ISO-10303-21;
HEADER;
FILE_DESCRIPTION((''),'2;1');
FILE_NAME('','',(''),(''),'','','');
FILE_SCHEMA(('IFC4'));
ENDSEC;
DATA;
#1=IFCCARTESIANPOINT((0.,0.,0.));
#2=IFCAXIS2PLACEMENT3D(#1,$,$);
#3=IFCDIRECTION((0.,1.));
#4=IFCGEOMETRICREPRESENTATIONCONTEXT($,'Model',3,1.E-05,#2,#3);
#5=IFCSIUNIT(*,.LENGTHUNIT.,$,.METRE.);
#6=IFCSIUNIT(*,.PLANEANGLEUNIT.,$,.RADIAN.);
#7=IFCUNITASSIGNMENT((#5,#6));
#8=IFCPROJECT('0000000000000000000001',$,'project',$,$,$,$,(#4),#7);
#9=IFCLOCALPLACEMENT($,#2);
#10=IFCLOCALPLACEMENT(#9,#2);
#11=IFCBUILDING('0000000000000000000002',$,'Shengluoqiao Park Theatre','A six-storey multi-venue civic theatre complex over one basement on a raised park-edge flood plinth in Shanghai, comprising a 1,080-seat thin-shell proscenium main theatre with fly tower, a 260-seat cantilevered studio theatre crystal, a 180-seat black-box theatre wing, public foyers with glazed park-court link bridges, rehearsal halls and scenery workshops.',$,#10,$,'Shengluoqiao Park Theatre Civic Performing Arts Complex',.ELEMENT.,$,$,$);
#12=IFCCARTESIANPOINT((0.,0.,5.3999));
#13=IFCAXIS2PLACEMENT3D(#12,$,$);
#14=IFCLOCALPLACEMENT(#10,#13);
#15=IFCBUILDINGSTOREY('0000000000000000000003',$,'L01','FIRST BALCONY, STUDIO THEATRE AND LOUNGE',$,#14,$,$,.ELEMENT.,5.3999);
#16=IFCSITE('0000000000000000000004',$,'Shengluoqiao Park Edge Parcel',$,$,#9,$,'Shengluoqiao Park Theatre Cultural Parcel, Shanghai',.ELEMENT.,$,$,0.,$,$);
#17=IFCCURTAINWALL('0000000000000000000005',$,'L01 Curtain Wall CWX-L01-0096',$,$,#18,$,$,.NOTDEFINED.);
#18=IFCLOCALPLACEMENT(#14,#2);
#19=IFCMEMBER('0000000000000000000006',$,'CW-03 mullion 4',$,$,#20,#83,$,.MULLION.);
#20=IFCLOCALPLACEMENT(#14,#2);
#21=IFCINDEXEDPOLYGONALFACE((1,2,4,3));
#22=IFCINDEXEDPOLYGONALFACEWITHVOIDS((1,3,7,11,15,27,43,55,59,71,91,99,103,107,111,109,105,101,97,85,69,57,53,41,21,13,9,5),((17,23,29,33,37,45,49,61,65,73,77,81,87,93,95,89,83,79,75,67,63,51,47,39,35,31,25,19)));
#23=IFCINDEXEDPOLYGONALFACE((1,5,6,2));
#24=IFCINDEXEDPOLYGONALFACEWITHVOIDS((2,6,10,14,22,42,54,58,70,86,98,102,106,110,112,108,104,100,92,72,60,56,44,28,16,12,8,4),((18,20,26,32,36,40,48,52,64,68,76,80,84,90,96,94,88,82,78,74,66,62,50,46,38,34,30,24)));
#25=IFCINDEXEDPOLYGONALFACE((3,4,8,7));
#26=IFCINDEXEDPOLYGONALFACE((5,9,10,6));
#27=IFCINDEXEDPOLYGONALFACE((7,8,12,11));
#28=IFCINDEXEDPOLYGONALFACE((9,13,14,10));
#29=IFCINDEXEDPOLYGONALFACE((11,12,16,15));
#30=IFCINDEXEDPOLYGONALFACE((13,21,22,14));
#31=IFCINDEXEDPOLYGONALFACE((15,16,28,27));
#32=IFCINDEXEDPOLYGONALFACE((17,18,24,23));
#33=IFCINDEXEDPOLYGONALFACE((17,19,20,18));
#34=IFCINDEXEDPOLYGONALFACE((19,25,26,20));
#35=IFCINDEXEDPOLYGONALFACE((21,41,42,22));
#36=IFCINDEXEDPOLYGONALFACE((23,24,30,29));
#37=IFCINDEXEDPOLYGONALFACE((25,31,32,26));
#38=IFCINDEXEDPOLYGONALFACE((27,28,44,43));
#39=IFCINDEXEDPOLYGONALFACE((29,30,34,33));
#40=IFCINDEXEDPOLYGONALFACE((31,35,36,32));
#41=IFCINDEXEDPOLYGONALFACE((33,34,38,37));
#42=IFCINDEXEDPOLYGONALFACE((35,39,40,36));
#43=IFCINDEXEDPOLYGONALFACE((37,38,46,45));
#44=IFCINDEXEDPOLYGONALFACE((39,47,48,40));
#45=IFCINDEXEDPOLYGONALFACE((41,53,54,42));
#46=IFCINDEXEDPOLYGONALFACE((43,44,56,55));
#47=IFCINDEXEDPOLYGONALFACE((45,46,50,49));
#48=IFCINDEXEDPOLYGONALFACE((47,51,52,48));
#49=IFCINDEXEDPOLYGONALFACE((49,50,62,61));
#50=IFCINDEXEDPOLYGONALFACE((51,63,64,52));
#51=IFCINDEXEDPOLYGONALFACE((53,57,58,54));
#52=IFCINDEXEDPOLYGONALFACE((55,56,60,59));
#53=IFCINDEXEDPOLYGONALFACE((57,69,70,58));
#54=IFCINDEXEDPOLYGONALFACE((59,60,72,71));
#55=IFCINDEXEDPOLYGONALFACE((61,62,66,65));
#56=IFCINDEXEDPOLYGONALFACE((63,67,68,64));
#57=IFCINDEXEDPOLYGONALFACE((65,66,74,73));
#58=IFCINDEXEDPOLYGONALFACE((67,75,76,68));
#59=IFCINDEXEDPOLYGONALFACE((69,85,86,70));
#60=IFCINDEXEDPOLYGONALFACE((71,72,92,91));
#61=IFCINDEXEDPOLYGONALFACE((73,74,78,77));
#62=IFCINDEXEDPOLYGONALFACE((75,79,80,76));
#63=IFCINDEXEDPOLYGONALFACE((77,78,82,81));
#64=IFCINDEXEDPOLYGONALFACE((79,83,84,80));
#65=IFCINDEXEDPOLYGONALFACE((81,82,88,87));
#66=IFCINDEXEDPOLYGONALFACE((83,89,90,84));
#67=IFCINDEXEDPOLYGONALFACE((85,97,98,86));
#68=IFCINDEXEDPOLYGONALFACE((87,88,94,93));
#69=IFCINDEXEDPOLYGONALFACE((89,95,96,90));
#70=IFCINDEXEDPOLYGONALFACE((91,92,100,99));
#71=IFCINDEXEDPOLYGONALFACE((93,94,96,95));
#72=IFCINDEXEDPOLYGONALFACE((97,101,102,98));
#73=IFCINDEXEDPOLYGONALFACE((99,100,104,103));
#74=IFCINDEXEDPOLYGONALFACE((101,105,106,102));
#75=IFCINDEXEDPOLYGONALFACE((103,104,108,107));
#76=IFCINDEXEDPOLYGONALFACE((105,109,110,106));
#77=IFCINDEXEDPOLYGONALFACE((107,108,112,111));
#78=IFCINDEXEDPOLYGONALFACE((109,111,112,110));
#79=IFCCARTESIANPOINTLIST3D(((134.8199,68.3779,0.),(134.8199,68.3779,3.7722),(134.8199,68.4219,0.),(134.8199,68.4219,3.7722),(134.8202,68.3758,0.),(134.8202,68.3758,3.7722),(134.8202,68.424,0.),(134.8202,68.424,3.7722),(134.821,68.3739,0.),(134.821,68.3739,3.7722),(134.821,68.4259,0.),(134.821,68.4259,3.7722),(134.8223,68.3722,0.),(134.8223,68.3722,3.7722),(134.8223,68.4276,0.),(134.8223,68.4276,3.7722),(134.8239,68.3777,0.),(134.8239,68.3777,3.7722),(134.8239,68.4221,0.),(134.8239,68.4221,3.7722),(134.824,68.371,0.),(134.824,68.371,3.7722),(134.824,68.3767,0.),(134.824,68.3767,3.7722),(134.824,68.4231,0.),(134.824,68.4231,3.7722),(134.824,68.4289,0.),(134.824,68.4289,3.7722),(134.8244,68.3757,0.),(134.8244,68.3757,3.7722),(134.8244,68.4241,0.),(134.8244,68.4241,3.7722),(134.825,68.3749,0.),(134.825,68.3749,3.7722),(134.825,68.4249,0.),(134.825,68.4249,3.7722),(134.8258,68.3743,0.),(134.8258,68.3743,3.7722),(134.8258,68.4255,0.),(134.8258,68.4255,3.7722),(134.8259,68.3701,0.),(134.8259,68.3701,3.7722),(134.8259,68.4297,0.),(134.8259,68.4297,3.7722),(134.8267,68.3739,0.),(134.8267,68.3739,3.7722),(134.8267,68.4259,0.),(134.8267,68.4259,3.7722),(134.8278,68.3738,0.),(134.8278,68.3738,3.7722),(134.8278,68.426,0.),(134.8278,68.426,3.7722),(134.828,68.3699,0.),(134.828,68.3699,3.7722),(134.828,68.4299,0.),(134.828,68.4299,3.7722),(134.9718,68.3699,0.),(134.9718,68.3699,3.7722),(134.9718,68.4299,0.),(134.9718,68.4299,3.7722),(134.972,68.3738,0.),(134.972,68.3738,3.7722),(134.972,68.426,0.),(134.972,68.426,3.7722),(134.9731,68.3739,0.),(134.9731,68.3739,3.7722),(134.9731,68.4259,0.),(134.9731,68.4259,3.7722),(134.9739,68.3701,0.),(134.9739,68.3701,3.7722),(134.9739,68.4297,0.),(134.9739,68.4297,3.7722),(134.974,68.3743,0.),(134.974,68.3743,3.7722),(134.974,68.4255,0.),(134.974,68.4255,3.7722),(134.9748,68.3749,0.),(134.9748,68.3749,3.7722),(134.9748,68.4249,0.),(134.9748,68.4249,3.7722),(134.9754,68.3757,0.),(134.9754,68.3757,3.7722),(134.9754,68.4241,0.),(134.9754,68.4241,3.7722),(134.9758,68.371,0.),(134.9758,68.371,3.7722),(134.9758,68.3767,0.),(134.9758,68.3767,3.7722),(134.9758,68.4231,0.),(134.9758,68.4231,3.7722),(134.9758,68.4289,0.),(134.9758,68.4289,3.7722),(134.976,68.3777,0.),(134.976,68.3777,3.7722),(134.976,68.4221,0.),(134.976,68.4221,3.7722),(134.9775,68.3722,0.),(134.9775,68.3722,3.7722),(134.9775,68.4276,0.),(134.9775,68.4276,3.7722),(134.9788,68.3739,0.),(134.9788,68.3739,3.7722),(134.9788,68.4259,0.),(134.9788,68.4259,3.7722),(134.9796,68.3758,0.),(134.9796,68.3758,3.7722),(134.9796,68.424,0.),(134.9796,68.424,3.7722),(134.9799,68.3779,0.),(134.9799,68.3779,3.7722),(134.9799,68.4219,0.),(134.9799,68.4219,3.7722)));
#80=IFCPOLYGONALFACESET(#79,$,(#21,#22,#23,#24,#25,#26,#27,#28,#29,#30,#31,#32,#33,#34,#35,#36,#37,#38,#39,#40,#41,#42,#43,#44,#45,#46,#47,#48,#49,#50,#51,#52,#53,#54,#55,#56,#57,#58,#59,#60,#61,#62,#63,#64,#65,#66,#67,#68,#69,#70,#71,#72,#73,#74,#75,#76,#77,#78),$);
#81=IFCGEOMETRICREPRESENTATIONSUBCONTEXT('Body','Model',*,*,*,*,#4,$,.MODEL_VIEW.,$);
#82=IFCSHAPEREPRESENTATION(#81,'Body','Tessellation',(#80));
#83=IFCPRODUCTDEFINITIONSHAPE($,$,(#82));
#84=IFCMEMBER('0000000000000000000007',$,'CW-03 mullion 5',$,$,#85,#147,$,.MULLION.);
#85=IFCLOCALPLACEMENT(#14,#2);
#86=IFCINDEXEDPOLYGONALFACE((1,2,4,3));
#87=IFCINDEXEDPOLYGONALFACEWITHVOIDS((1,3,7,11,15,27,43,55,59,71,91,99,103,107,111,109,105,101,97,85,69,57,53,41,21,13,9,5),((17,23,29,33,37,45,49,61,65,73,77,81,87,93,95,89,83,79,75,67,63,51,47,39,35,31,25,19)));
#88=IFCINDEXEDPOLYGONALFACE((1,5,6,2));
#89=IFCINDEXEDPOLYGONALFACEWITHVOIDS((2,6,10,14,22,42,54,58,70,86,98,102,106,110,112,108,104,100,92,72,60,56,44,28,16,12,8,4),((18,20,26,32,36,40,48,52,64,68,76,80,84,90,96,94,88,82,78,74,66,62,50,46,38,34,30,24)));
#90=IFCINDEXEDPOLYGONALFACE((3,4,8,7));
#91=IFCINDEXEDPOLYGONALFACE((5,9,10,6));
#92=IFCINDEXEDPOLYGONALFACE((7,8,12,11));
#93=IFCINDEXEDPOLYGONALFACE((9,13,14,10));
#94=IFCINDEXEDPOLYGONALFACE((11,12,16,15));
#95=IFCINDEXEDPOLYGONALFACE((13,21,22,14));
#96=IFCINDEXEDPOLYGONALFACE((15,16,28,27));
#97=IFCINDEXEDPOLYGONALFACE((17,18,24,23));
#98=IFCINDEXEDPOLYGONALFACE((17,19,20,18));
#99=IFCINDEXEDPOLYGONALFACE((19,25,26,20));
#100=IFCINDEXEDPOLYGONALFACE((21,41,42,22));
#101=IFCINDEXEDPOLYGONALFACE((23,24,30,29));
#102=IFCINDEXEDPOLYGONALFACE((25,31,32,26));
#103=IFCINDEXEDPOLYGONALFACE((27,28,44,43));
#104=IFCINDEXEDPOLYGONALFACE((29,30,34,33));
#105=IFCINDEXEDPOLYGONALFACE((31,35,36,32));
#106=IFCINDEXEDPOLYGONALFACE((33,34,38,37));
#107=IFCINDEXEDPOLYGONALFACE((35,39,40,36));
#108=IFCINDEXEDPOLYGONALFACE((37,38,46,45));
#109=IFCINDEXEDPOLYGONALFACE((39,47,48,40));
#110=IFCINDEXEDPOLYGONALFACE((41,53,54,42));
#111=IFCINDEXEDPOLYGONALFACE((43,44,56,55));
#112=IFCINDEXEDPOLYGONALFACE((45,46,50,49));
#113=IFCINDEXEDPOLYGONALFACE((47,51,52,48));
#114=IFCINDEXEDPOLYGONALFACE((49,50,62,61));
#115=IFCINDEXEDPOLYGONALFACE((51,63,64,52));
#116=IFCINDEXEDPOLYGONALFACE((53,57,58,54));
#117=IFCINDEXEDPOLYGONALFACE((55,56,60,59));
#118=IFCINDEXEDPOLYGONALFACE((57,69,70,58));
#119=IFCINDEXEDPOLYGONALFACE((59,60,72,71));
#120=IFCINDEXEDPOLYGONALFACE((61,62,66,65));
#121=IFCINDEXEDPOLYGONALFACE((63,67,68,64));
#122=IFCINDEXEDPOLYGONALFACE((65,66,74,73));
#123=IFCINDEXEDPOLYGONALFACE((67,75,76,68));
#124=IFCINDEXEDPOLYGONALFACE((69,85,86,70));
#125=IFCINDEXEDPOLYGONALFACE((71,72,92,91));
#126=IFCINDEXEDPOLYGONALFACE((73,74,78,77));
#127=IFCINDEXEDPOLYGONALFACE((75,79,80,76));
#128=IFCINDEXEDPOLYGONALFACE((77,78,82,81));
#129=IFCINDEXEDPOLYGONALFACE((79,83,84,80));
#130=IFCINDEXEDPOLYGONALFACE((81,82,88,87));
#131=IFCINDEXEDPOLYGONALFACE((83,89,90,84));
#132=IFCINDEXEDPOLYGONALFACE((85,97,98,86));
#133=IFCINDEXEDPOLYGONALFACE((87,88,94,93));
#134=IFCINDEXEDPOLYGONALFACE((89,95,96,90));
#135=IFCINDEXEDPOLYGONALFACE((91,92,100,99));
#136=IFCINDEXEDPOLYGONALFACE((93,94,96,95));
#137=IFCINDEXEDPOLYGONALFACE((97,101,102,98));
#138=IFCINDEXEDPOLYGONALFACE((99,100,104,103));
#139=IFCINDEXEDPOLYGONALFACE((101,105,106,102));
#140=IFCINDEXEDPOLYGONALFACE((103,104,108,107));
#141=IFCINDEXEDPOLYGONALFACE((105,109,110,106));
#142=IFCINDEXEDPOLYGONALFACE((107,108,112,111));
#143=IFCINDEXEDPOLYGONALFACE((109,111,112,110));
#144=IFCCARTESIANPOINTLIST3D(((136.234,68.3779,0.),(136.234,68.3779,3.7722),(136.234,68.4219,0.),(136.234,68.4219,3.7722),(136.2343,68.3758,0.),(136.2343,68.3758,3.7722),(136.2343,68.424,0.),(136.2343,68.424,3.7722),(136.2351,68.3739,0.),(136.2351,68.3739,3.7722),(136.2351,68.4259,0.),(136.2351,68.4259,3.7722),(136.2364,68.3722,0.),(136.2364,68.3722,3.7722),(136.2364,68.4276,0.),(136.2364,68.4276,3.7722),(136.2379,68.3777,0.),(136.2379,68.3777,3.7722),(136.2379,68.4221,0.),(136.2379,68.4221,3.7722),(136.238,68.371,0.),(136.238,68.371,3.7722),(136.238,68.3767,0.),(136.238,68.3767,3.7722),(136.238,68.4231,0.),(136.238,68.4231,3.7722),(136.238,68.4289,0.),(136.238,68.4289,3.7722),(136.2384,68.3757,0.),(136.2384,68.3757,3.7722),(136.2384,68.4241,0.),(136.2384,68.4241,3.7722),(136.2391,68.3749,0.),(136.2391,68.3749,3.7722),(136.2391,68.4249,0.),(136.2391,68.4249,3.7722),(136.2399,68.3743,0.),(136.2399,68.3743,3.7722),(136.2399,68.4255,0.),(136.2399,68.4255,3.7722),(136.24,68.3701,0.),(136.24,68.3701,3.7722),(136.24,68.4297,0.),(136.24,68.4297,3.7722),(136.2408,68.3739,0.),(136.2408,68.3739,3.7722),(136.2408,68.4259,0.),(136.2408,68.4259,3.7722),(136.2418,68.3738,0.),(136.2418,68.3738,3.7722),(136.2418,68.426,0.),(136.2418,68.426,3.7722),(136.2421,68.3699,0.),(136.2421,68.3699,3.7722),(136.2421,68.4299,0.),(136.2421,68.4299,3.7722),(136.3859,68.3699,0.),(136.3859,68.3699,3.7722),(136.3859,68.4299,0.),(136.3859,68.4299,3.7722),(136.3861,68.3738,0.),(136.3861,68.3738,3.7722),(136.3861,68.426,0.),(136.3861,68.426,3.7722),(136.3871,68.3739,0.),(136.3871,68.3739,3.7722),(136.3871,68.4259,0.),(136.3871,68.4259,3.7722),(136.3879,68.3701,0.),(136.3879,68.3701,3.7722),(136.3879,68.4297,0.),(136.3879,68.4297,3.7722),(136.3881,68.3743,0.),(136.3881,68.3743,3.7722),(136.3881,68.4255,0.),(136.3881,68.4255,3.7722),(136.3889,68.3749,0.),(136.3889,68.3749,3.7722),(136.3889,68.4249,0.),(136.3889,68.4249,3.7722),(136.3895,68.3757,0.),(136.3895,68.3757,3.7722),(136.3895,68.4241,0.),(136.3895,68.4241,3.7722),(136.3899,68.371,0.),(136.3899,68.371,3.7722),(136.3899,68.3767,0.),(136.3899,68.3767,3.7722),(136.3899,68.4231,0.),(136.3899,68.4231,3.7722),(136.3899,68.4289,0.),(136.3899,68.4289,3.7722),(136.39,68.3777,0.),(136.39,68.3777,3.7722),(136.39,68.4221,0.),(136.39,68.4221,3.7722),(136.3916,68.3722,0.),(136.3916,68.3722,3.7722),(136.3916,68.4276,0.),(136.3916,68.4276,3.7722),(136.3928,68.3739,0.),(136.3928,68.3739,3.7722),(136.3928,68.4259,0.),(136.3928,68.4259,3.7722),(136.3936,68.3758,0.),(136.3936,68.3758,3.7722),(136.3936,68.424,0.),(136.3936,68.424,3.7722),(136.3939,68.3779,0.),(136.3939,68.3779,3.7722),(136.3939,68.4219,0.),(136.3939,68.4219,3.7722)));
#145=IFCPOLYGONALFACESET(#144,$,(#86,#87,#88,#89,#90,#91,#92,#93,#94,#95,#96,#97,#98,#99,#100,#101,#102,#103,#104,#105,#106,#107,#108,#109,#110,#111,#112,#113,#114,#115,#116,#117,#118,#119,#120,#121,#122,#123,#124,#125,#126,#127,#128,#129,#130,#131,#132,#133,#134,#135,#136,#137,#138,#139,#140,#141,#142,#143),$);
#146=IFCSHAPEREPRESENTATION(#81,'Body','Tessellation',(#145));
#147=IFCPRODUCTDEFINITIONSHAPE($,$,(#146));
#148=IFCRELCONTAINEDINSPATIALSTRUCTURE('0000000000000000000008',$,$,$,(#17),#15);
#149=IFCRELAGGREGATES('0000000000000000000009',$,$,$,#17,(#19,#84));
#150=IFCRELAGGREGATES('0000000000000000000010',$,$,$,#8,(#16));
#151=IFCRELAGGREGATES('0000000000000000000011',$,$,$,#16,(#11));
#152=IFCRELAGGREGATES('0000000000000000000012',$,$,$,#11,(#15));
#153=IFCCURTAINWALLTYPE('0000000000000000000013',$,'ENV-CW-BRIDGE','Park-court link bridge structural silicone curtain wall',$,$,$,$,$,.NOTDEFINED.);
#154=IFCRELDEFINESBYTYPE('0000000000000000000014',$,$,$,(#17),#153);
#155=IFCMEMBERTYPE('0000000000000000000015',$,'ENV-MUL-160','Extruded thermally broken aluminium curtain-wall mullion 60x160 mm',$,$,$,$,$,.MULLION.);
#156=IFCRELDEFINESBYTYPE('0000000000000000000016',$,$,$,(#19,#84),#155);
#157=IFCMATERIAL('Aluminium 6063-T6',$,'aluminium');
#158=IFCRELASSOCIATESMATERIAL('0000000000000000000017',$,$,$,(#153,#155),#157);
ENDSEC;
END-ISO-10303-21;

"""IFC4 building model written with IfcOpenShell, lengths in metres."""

from ifc_helpers import new_model, si_unit, direction, frame, origin, origin_2d, place, context, subcontext, project, spatial, hollow_rectangle, extrude, material, material_profile, profile_set, type_object, element, aggregate, save


model = new_model("IFC4")

# Units and contexts
model_context = context("Model", 3, precision=1e-05, world=origin(), true_north=direction((0.0, 1.0)))
body_context = subcontext(model_context, "Body", "Model", "MODEL_VIEW")
ifc_project = project(units=[si_unit("LENGTHUNIT", "METRE"), si_unit("PLANEANGLEUNIT", "RADIAN")], contexts=[model_context])

# Site, building, storey
site_placement = place(None, origin())
site = spatial("IfcSite", under=ifc_project, at=site_placement, Name="Shengluoqiao Park Edge Parcel", LongName="Shengluoqiao Park Theatre Cultural Parcel, Shanghai", CompositionType="ELEMENT", RefElevation=0.0)
building_placement = place(site_placement, origin())
building = spatial("IfcBuilding", under=site, at=building_placement, Name="Shengluoqiao Park Theatre", Description="A six-storey multi-venue civic theatre complex over one basement on a raised park-edge flood plinth in Shanghai, comprising a 1,080-seat thin-shell proscenium main theatre with fly tower, a 260-seat cantilevered studio theatre crystal, a 180-seat black-box theatre wing, public foyers with glazed park-court link bridges, rehearsal halls and scenery workshops.", LongName="Shengluoqiao Park Theatre Civic Performing Arts Complex", CompositionType="ELEMENT")
storey_placement = place(building_placement, frame((0.0, 0.0, 5.3999)))
storey = spatial("IfcBuildingStorey", under=building, at=storey_placement, Name="L01", Description="FIRST BALCONY, STUDIO THEATRE AND LOUNGE", CompositionType="ELEMENT", Elevation=5.3999)

# Curtain wall, members
ifc_material_1 = material(Name="Aluminium 6063-T6", Category="aluminium")
curtain_wall_type = type_object("IfcCurtainWallType", Name="ENV-CW-BRIDGE", Description="Park-court link bridge structural silicone curtain wall", PredefinedType="NOTDEFINED", material=ifc_material_1)
curtain_wall_placement = place(storey_placement, origin())
curtain_wall = element("IfcCurtainWall", 1, at=curtain_wall_placement, inside=storey, type_object=curtain_wall_type, Name="L01 Curtain Wall CWX-L01-0096", PredefinedType="NOTDEFINED")
ifc_material_profile_1 = material_profile(ifc_material_1, hollow_rectangle(XDim=0.0601, YDim=0.1599, WallThickness=0.0039, InnerFilletRadius=0.0039, OuterFilletRadius=0.0081, at=origin_2d()), Name="ALU MULLION 160x60x4")
ifc_profile_set_1 = profile_set([ifc_material_profile_1], Name="Aluminium 6063-T6")
member_type_1 = type_object("IfcMemberType", Name="ENV-MUL-160", Description="Extruded thermally broken aluminium curtain-wall mullion 60x160 mm", PredefinedType="MULLION", material=ifc_profile_set_1)
member_1_placement = place(storey_placement, frame((134.8999, 68.3999, 0.0), z_axis=(0.0, 0.0, 1.0), x_axis=(0.0, 1.0, 0.0)))
member_1 = element("IfcMember", 2, at=member_1_placement, type_object=member_type_1, Name="CW-03 mullion 4", PredefinedType="MULLION", context=body_context, shape_type="SweptSolid", body=[
    extrude(hollow_rectangle(XDim=0.0601, YDim=0.1599, WallThickness=0.0039, InnerFilletRadius=0.0039, OuterFilletRadius=0.0081, at=origin_2d()), origin(), (0.0, 0.0, 1.0), 3.7722),
])
member_2_placement = place(storey_placement, frame((136.314, 68.3999, 0.0), z_axis=(0.0, 0.0, 1.0), x_axis=(0.0, 1.0, 0.0)))
member_2 = element("IfcMember", 3, at=member_2_placement, type_object=member_type_1, Name="CW-03 mullion 5", PredefinedType="MULLION", context=body_context, shape_type="SweptSolid", body=[
    extrude(hollow_rectangle(XDim=0.0601, YDim=0.1599, WallThickness=0.0039, InnerFilletRadius=0.0039, OuterFilletRadius=0.0081, at=origin_2d()), origin(), (0.0, 0.0, 1.0), 3.7722),
])

aggregate(curtain_wall, [member_1, member_2])

save(model, "model.ifc")
